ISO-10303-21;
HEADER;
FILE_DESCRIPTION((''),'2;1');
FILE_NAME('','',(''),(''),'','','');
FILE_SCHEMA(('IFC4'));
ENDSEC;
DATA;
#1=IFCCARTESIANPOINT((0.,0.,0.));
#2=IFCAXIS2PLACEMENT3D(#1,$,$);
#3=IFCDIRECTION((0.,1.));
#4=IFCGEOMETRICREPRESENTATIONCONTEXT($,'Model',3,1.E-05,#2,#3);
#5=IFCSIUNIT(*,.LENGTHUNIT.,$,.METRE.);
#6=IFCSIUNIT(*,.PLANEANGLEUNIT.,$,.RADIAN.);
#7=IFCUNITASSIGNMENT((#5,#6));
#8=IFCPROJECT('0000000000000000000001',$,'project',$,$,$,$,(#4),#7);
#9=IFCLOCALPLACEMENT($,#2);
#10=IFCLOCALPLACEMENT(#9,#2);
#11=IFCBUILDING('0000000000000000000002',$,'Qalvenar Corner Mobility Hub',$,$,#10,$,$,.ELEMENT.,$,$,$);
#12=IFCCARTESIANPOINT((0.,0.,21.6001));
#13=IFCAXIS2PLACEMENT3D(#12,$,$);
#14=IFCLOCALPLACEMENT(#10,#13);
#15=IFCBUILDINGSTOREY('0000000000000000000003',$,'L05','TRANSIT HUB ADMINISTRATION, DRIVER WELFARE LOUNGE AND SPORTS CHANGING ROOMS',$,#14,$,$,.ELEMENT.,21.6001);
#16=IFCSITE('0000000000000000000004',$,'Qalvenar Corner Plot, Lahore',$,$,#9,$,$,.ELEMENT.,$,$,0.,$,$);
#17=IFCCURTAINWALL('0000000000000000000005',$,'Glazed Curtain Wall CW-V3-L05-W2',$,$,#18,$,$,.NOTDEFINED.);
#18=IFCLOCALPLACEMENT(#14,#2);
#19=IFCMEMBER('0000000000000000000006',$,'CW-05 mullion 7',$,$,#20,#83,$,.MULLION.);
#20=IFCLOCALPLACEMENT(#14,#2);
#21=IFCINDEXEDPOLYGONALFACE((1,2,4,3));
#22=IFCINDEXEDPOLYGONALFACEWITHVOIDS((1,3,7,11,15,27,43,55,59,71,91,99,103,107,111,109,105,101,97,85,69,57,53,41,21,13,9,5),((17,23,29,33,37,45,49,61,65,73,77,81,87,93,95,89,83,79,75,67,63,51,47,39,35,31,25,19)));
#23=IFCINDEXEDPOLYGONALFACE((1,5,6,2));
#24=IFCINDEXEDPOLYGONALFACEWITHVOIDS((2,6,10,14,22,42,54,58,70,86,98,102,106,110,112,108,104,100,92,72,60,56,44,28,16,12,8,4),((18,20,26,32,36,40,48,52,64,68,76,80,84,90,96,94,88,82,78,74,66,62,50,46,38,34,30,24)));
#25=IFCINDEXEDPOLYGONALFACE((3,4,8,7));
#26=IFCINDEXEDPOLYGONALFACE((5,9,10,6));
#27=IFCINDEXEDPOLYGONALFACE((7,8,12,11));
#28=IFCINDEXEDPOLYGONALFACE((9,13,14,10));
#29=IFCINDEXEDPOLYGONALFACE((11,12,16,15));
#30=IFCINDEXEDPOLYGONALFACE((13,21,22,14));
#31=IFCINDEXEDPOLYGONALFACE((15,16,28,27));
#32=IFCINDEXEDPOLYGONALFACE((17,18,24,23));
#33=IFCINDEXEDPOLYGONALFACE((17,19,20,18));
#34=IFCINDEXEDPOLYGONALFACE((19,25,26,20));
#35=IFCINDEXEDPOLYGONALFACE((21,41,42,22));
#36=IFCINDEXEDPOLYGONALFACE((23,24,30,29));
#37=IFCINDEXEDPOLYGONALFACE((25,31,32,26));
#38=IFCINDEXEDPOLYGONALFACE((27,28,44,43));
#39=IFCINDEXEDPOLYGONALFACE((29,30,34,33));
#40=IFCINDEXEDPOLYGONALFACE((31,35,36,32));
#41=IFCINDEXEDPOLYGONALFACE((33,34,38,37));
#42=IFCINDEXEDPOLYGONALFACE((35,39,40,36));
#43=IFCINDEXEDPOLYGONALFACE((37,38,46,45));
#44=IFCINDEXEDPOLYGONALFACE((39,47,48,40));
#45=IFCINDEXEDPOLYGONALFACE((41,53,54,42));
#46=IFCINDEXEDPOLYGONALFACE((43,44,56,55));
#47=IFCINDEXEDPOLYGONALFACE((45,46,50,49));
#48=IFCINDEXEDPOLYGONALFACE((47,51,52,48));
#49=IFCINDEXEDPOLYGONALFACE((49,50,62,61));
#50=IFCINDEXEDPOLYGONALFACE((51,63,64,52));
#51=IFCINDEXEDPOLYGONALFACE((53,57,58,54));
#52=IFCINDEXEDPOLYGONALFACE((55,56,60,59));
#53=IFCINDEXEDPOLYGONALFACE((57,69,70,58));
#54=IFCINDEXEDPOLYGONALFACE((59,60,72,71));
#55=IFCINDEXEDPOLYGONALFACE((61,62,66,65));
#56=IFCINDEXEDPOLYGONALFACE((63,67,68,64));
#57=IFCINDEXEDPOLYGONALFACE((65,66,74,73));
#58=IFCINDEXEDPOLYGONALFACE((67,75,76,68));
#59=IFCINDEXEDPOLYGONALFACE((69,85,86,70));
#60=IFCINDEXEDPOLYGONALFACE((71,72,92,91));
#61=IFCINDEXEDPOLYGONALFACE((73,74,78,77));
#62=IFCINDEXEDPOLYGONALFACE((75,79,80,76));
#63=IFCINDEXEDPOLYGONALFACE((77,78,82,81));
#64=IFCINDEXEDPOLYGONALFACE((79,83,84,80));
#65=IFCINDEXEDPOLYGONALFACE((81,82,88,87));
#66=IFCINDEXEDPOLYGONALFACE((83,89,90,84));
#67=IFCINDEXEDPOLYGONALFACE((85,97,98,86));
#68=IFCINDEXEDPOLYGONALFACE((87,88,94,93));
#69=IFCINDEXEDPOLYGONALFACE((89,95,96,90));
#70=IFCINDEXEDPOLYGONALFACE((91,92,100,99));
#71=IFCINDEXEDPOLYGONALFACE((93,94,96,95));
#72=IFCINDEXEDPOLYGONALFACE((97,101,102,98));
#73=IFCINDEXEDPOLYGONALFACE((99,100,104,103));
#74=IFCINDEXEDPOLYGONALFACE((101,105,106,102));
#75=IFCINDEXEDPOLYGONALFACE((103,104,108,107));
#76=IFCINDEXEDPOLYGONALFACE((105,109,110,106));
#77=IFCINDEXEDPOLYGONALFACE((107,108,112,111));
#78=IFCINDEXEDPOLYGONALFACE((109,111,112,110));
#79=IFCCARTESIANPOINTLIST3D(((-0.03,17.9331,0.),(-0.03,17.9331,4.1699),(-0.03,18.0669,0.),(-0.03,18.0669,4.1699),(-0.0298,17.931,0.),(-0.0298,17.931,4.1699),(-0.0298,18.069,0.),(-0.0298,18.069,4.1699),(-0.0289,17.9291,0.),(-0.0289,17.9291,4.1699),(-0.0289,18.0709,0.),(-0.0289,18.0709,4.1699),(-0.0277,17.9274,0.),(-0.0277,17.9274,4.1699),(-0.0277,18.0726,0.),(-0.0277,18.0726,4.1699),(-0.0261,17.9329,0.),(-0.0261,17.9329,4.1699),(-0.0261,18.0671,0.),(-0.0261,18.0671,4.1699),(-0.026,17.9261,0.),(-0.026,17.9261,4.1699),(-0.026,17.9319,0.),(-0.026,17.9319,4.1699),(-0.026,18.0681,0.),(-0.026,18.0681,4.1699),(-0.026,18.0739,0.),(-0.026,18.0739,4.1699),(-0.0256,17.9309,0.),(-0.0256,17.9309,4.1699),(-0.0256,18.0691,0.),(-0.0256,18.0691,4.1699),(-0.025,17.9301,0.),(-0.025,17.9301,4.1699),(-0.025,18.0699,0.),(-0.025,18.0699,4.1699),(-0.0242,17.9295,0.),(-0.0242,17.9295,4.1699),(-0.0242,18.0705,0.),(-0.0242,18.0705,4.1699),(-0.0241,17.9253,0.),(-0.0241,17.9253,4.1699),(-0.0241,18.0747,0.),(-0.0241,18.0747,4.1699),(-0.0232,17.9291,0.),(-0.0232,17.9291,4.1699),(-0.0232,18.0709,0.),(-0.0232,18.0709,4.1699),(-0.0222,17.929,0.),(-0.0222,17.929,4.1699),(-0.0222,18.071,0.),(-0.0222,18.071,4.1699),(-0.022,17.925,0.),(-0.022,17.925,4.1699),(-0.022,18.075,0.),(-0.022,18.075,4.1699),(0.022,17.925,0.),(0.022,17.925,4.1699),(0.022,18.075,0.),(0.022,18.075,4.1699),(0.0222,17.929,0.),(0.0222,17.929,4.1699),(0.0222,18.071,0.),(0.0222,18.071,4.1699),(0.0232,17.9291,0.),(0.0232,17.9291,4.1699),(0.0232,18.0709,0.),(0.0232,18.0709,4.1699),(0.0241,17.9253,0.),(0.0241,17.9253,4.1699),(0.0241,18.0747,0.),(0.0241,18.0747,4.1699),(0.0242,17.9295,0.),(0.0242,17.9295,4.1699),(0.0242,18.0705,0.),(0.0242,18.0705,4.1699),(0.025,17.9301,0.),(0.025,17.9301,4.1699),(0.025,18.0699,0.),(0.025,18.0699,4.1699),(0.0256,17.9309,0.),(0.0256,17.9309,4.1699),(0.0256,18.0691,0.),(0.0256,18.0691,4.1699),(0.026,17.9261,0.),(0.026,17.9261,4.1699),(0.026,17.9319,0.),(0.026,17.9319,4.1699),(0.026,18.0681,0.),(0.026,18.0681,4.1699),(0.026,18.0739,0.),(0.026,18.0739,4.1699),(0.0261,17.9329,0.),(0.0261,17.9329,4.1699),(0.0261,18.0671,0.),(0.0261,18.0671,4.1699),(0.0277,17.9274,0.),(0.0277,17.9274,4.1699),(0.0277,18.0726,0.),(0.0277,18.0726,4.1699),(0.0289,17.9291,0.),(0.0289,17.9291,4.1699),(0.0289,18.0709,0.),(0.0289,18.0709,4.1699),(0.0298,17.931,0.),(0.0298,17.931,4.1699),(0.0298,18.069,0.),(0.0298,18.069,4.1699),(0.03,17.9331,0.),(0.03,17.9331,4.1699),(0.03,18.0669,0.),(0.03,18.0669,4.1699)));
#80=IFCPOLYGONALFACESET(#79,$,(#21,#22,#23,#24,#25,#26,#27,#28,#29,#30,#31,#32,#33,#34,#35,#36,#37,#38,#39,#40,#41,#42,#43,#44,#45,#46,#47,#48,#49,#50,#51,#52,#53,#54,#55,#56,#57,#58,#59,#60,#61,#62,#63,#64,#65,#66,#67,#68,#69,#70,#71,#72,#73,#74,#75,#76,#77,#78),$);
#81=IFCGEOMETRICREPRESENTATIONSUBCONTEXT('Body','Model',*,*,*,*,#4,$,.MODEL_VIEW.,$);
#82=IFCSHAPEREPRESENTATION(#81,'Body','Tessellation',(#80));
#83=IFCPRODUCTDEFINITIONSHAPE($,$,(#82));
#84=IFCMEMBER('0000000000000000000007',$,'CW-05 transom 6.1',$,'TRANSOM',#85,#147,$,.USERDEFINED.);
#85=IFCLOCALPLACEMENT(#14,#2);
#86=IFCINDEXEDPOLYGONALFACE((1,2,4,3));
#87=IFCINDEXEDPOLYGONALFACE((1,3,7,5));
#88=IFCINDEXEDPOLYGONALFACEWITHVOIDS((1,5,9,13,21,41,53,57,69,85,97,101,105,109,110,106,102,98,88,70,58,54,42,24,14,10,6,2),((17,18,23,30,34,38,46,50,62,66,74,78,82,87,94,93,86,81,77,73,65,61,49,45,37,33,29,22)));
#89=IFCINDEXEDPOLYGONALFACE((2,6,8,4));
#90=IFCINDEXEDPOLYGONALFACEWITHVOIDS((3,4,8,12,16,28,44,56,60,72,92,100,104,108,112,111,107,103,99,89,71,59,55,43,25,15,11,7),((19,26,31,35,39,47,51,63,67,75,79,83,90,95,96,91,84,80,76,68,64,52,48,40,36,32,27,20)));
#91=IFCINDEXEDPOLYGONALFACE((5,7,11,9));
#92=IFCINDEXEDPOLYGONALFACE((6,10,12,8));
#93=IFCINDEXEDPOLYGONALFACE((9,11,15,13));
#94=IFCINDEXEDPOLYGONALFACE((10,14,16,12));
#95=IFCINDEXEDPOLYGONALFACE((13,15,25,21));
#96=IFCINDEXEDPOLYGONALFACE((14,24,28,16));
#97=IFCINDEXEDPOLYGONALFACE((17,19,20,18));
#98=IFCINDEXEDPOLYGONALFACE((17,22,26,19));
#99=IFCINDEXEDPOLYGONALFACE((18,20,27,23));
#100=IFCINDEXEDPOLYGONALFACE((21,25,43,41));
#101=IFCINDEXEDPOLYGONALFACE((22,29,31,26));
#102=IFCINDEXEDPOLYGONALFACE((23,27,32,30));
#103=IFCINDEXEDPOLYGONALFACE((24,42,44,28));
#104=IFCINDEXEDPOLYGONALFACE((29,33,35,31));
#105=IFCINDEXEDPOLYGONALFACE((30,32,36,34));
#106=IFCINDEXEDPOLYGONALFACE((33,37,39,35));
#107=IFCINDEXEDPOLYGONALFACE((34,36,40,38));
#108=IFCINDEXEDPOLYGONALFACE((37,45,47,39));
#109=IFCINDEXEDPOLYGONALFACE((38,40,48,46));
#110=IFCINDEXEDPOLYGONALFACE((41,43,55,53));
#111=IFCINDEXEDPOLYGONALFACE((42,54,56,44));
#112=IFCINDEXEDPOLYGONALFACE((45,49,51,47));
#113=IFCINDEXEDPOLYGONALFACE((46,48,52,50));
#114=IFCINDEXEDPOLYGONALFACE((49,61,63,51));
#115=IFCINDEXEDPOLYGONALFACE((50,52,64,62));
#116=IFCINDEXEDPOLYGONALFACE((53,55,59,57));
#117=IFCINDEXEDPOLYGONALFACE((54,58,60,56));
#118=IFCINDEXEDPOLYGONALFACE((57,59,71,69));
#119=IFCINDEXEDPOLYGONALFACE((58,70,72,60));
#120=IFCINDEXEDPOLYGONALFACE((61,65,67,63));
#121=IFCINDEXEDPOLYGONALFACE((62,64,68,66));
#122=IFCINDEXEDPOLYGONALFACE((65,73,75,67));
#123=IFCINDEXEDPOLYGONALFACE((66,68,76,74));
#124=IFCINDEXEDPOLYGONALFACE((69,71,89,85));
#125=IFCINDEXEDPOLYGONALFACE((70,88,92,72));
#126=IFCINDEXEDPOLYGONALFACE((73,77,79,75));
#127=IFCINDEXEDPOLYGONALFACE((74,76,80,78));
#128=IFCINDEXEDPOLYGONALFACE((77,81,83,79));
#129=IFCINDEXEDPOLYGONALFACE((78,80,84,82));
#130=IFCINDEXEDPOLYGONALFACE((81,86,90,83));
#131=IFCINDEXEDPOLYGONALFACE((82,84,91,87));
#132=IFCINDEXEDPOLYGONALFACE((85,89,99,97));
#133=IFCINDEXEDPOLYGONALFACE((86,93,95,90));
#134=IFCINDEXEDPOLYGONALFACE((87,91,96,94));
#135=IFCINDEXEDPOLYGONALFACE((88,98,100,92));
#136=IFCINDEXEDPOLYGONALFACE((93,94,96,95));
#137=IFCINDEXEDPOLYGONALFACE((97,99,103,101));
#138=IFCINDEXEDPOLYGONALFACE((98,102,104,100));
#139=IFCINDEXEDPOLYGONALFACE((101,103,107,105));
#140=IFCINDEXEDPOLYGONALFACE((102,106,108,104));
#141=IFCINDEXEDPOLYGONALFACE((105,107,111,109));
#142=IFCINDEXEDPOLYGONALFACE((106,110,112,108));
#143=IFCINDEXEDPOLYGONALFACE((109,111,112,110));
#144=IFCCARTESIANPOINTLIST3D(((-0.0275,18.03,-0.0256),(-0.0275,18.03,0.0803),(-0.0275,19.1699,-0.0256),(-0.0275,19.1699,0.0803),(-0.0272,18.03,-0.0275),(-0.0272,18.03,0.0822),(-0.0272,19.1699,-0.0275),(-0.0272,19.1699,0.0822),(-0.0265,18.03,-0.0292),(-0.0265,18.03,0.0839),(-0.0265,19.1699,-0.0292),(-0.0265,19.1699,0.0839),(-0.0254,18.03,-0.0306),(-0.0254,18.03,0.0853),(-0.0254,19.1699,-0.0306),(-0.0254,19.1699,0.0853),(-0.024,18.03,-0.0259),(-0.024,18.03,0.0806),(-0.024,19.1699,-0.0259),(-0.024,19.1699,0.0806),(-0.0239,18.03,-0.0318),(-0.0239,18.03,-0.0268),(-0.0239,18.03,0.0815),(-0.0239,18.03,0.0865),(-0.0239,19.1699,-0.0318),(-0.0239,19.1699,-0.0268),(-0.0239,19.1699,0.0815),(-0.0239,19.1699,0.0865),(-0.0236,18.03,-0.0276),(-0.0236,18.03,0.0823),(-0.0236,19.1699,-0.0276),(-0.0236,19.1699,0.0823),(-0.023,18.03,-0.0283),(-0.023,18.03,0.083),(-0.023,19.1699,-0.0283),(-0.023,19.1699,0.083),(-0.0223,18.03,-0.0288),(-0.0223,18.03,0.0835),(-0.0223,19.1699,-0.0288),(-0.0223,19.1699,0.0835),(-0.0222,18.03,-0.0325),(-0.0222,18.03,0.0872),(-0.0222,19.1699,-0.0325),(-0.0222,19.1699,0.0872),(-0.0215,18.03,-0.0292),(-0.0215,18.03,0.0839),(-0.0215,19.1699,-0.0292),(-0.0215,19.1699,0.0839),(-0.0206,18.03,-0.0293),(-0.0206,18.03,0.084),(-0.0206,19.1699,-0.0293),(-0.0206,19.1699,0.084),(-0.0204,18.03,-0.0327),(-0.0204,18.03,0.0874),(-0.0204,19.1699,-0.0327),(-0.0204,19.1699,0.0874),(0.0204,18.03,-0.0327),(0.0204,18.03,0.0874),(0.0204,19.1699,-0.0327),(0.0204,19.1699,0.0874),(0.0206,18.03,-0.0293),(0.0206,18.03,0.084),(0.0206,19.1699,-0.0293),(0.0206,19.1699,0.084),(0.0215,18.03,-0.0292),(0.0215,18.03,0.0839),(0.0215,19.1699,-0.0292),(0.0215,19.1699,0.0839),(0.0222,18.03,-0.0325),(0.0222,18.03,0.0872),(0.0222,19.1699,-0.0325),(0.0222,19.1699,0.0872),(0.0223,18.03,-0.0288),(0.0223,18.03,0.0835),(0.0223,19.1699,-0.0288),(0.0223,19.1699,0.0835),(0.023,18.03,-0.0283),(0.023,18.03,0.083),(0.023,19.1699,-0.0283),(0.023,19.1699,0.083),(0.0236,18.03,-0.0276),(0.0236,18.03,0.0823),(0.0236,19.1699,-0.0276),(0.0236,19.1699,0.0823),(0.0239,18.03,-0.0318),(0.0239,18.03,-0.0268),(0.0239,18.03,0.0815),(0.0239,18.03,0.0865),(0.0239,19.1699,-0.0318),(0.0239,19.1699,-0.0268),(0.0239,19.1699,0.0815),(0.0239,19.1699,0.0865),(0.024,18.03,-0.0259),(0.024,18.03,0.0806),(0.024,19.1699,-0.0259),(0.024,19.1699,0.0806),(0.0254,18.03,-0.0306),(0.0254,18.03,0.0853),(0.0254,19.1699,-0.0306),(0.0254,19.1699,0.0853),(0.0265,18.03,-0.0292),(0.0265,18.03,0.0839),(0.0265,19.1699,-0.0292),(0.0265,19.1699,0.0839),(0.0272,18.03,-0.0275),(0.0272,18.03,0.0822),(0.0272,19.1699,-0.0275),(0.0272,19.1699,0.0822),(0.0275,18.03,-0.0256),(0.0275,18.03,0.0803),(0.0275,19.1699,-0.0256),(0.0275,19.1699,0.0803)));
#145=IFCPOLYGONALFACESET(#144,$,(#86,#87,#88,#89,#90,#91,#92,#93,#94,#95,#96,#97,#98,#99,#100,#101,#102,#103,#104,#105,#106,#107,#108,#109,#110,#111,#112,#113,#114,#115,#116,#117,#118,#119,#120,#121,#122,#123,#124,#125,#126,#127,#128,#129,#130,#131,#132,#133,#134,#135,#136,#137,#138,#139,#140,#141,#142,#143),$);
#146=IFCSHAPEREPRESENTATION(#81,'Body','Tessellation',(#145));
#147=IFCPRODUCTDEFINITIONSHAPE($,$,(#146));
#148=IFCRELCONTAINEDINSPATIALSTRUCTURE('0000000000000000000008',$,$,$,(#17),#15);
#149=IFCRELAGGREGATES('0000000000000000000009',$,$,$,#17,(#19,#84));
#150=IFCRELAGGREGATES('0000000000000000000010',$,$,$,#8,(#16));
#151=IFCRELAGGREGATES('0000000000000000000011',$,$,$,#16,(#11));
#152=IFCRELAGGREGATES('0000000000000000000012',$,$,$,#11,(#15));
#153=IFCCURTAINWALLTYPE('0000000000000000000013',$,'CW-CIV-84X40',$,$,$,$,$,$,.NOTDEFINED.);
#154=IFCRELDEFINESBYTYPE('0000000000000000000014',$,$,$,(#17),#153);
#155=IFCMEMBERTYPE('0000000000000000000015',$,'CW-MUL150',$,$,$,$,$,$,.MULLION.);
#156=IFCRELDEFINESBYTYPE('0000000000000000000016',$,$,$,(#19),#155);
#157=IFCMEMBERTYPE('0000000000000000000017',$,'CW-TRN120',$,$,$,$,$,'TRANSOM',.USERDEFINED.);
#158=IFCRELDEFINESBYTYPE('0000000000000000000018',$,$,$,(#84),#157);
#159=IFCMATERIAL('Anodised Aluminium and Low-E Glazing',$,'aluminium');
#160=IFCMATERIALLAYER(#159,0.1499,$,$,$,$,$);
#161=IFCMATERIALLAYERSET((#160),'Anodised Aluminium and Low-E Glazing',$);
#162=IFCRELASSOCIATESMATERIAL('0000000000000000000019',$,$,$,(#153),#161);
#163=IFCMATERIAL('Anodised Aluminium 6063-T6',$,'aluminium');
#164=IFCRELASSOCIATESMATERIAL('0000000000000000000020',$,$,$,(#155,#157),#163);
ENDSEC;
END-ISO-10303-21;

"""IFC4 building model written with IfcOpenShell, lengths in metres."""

from ifc_helpers import new_model, si_unit, direction, frame, origin, origin_2d, place, context, subcontext, project, spatial, hollow_rectangle, extrude, material, layer, layer_set, material_profile, profile_set, type_object, element, aggregate, save


model = new_model("IFC4")

# Units and contexts
model_context = context("Model", 3, precision=1e-05, world=origin(), true_north=direction((0.0, 1.0)))
body_context = subcontext(model_context, "Body", "Model", "MODEL_VIEW")
ifc_project = project(units=[si_unit("LENGTHUNIT", "METRE"), si_unit("PLANEANGLEUNIT", "RADIAN")], contexts=[model_context])

# Site, building, storey
site_placement = place(None, origin())
site = spatial("IfcSite", under=ifc_project, at=site_placement, Name="Qalvenar Corner Plot, Lahore", CompositionType="ELEMENT", RefElevation=0.0)
building_placement = place(site_placement, origin())
building = spatial("IfcBuilding", under=site, at=building_placement, Name="Qalvenar Corner Mobility Hub", CompositionType="ELEMENT")
storey_placement = place(building_placement, frame((0.0, 0.0, 21.6001)))
storey = spatial("IfcBuildingStorey", under=building, at=storey_placement, Name="L05", Description="TRANSIT HUB ADMINISTRATION, DRIVER WELFARE LOUNGE AND SPORTS CHANGING ROOMS", CompositionType="ELEMENT", Elevation=21.6001)

# Curtain wall, members
ifc_material_1 = material(Name="Anodised Aluminium and Low-E Glazing", Category="aluminium")
ifc_layer_1 = layer(ifc_material_1, 0.1499)
ifc_layer_set_1 = layer_set([ifc_layer_1], Name="Anodised Aluminium and Low-E Glazing")
curtain_wall_type = type_object("IfcCurtainWallType", Name="CW-CIV-84X40", PredefinedType="NOTDEFINED", material=ifc_layer_set_1)
curtain_wall_placement = place(storey_placement, origin())
curtain_wall = element("IfcCurtainWall", 1, at=curtain_wall_placement, inside=storey, type_object=curtain_wall_type, Name="Glazed Curtain Wall CW-V3-L05-W2", PredefinedType="NOTDEFINED")
ifc_material_2 = material(Name="Anodised Aluminium 6063-T6", Category="aluminium")
ifc_material_profile_1 = material_profile(ifc_material_2, hollow_rectangle(XDim=0.0601, YDim=0.1499, WallThickness=0.0039, InnerFilletRadius=0.0039, OuterFilletRadius=0.0081, at=origin_2d()), Name="RHS150x60x4")
ifc_profile_set_1 = profile_set([ifc_material_profile_1], Name="Anodised Aluminium 6063-T6")
member_type_1 = type_object("IfcMemberType", Name="CW-MUL150", PredefinedType="MULLION", material=ifc_profile_set_1)
member_1_placement = place(storey_placement, frame((0.0, 18.0, 0.0), z_axis=(0.0, 0.0, 1.0), x_axis=(1.0, 0.0, 0.0)))
member_1 = element("IfcMember", 2, at=member_1_placement, type_object=member_type_1, Name="CW-05 mullion 7", PredefinedType="MULLION", context=body_context, shape_type="SweptSolid", body=[
    extrude(hollow_rectangle(XDim=0.0601, YDim=0.1499, WallThickness=0.0039, InnerFilletRadius=0.0039, OuterFilletRadius=0.0081, at=origin_2d()), origin(), (0.0, 0.0, 1.0), 4.1699),
])
ifc_material_profile_2 = material_profile(ifc_material_2, hollow_rectangle(XDim=0.0549, YDim=0.1201, WallThickness=0.0034, InnerFilletRadius=0.0034, OuterFilletRadius=0.0071, at=origin_2d()), Name="RHS120x55x3.5")
ifc_profile_set_2 = profile_set([ifc_material_profile_2], Name="Anodised Aluminium 6063-T6")
member_type_2 = type_object("IfcMemberType", Name="CW-TRN120", ElementType="TRANSOM", PredefinedType="USERDEFINED", material=ifc_profile_set_2)
member_2_placement = place(storey_placement, frame((0.0, 19.1699, 0.0273), z_axis=(0.0, -1.0, 0.0), x_axis=(1.0, 0.0, 0.0)))
member_2 = element("IfcMember", 3, at=member_2_placement, type_object=member_type_2, Name="CW-05 transom 6.1", ObjectType="TRANSOM", PredefinedType="USERDEFINED", context=body_context, shape_type="SweptSolid", body=[
    extrude(hollow_rectangle(XDim=0.0549, YDim=0.1201, WallThickness=0.0034, InnerFilletRadius=0.0034, OuterFilletRadius=0.0071, at=origin_2d()), origin(), (0.0, 0.0, 1.0), 1.1399),
])
aggregate(curtain_wall, [member_1, member_2])

save(model, "model.ifc")
